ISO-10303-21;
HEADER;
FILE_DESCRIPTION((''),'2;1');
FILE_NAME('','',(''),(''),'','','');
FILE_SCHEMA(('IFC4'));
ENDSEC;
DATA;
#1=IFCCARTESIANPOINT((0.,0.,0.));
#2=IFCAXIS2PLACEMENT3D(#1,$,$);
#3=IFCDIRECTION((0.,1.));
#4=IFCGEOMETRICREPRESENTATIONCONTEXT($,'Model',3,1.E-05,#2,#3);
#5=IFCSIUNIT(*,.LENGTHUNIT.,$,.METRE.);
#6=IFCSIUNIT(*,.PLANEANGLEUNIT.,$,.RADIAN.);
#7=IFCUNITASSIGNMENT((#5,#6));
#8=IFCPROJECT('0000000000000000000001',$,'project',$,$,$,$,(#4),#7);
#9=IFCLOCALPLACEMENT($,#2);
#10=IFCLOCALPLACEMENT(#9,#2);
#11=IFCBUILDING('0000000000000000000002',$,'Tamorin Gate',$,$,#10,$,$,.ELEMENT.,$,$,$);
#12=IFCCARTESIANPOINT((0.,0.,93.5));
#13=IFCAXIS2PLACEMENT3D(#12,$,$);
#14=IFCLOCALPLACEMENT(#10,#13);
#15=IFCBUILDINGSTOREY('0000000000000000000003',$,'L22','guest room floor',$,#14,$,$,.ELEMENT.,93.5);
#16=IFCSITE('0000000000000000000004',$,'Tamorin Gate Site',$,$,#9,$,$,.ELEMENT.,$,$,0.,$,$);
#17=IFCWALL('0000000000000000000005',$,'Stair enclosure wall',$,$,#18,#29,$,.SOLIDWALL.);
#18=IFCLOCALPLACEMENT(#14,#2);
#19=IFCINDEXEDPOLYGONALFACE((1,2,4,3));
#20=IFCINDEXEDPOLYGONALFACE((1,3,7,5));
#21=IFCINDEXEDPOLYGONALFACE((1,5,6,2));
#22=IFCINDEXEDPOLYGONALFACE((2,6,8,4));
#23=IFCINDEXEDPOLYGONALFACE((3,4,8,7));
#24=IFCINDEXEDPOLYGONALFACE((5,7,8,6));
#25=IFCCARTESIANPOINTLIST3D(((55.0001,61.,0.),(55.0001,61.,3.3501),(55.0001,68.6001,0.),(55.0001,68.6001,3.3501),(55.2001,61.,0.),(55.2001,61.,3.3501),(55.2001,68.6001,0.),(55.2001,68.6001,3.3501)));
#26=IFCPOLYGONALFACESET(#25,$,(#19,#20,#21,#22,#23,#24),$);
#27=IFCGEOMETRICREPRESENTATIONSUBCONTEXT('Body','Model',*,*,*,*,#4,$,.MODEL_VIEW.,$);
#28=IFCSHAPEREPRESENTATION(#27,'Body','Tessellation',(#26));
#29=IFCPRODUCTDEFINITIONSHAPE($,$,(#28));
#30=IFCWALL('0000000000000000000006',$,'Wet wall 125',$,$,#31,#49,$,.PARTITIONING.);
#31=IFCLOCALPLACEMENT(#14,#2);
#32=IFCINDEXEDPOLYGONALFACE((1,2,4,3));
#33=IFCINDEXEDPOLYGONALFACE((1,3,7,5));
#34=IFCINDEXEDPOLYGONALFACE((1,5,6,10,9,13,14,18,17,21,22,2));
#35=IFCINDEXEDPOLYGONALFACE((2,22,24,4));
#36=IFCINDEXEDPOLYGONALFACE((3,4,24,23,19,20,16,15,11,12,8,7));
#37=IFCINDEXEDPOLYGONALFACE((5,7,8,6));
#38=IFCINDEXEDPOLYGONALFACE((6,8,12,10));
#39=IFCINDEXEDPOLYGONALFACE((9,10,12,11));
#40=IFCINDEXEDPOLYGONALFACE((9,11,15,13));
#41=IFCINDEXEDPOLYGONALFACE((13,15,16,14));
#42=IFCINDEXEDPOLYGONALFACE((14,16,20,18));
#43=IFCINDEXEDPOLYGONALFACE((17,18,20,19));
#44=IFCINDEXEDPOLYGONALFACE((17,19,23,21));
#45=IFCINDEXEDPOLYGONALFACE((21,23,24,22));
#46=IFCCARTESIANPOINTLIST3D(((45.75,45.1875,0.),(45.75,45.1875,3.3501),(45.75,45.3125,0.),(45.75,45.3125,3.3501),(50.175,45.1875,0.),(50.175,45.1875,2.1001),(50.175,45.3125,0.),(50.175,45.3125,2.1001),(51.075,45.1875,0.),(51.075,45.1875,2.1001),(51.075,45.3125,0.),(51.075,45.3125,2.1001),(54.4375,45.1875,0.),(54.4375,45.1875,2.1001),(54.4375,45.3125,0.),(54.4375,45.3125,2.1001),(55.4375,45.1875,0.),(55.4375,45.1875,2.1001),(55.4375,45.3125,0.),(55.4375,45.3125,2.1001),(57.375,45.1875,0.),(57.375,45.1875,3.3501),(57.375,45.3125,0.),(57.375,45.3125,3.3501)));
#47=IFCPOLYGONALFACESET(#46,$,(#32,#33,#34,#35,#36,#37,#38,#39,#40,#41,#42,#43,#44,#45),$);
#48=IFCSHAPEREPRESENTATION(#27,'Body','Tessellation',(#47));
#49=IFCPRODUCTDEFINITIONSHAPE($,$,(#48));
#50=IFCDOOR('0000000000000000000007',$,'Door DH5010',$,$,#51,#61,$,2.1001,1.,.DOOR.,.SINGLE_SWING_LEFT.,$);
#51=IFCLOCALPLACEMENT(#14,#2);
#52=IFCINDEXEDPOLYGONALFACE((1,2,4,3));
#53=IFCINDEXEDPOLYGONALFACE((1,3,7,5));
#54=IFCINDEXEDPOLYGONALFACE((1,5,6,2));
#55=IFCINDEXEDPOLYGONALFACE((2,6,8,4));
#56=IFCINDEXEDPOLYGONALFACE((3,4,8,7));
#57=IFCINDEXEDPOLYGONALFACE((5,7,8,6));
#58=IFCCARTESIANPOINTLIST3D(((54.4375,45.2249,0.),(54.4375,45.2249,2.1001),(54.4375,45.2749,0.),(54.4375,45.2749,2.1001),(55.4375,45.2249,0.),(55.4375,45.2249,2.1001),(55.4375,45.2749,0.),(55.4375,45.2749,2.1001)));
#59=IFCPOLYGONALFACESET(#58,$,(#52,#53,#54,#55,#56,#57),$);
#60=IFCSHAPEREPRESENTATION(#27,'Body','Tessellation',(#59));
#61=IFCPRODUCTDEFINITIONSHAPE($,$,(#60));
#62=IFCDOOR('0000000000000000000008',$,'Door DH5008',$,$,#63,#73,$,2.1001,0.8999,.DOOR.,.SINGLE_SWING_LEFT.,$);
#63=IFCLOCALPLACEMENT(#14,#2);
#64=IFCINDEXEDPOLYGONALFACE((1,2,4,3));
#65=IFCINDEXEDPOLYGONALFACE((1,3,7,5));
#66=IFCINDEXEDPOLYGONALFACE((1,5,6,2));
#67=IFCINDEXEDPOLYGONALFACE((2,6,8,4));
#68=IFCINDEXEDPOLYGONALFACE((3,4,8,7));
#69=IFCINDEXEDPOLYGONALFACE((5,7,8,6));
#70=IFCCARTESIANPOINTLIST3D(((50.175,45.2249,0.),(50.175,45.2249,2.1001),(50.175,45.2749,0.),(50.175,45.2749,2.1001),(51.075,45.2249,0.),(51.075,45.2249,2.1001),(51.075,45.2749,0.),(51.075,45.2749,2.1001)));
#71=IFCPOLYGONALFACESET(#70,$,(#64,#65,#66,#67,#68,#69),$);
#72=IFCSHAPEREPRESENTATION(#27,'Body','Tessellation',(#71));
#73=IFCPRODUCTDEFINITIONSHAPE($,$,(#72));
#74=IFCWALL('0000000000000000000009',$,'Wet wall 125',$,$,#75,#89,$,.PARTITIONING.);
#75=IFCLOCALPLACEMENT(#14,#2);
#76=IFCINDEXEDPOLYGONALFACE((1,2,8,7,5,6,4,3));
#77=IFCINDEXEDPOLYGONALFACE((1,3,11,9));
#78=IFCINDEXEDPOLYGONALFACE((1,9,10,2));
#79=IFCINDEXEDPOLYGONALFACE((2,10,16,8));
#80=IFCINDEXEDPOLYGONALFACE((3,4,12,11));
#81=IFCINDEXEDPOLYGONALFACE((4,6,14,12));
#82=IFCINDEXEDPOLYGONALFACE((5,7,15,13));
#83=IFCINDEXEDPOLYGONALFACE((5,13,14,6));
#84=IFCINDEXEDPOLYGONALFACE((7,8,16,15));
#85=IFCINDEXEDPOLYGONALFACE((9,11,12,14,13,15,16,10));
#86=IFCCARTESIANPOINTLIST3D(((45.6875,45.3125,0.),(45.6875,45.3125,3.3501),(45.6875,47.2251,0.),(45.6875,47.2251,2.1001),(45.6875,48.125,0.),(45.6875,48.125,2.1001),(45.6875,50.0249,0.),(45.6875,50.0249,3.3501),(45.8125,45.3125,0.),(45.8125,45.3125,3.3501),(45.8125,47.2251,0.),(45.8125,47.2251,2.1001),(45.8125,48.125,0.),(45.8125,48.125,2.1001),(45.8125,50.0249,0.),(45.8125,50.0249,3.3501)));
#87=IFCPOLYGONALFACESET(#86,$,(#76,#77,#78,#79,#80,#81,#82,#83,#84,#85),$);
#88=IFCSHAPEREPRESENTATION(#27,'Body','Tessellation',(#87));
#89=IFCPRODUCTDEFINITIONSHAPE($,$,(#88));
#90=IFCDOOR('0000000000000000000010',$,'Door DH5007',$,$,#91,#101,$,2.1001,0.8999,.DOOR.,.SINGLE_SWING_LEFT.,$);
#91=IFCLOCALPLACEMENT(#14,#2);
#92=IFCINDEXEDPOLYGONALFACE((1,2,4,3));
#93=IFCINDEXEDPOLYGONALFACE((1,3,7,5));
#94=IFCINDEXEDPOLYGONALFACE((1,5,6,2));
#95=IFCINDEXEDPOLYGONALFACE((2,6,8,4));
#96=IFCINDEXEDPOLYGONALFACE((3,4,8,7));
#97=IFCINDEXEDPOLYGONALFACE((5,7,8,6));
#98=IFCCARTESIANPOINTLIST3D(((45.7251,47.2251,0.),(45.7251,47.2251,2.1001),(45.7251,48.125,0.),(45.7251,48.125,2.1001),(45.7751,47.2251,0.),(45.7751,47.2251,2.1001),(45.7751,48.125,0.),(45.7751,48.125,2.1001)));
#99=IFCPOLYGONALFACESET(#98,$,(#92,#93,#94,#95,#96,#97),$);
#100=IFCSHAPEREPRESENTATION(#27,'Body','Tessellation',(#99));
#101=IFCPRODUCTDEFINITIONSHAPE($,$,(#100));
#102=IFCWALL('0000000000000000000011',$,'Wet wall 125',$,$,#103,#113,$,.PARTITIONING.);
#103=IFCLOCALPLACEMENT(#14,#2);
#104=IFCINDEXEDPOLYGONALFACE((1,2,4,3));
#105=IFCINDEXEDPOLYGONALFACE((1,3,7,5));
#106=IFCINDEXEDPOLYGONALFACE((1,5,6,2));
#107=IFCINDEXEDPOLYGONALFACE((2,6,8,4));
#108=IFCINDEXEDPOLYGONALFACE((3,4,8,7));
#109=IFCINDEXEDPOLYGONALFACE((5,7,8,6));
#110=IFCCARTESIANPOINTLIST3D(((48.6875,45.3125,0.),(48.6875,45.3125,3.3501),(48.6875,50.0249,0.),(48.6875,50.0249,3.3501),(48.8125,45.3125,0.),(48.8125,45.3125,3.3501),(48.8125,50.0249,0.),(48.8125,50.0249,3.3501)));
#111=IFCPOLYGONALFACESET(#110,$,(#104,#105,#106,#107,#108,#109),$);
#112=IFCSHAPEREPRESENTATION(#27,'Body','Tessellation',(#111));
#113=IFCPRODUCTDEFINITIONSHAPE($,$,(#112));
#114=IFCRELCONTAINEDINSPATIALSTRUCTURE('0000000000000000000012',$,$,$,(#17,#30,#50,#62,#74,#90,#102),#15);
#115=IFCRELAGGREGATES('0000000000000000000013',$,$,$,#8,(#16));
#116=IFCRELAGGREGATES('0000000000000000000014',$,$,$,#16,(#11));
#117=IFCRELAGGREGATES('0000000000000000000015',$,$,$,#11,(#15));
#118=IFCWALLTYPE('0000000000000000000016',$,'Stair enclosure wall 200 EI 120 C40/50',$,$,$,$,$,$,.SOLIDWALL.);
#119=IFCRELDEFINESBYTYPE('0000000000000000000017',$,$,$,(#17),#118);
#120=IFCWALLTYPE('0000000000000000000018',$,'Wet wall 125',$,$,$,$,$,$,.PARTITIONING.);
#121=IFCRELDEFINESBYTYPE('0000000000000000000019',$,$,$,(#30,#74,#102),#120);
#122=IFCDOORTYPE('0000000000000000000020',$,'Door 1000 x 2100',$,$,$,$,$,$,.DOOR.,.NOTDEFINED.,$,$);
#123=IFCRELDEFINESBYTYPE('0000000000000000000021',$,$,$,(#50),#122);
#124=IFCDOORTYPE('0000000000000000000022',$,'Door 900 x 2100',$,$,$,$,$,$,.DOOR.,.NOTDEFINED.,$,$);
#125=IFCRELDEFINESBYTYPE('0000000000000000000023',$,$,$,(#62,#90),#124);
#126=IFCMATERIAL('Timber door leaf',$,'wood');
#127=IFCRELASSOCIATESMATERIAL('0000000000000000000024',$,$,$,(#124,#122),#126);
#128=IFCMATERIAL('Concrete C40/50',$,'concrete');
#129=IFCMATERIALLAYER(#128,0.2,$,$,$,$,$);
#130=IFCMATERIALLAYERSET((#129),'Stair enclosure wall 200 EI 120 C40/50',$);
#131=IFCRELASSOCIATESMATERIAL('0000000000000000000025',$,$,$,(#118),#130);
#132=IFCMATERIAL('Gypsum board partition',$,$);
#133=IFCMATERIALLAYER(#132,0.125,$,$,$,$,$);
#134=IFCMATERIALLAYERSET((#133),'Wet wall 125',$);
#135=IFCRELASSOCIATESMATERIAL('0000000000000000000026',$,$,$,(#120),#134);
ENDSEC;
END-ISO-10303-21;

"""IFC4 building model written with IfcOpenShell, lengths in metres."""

from ifc_helpers import new_model, si_unit, direction, frame, frame_2d, origin, place, context, subcontext, project, spatial, rectangle, extrude, material, layer, layer_set, type_object, element, fill, save


model = new_model("IFC4")

# Units and contexts
model_context = context("Model", 3, precision=1e-05, world=origin(), true_north=direction((0.0, 1.0)))
body_context = subcontext(model_context, "Body", "Model", "MODEL_VIEW")
ifc_project = project(units=[si_unit("LENGTHUNIT", "METRE"), si_unit("PLANEANGLEUNIT", "RADIAN")], contexts=[model_context])

# Site, building, storey
site_placement = place(None, origin())
site = spatial("IfcSite", under=ifc_project, at=site_placement, Name="Tamorin Gate Site", CompositionType="ELEMENT", RefElevation=0.0)
building_placement = place(site_placement, origin())
building = spatial("IfcBuilding", under=site, at=building_placement, Name="Tamorin Gate", CompositionType="ELEMENT")
storey_placement = place(building_placement, frame((0.0, 0.0, 93.5)))
storey = spatial("IfcBuildingStorey", under=building, at=storey_placement, Name="L22", Description="guest room floor", CompositionType="ELEMENT", Elevation=93.5)

# Shared definitions
ifc_material_1 = material(Name="Gypsum board partition")

# Shared definitions
ifc_material_2 = material(Name="Timber door leaf", Category="wood")
door_type_1 = type_object("IfcDoorType", Name="Door 900 x 2100", OperationType="NOTDEFINED", PredefinedType="DOOR", material=ifc_material_2)

# Wall
ifc_material_3 = material(Name="Concrete C40/50", Category="concrete")
ifc_layer_1 = layer(ifc_material_3, 0.2)
ifc_layer_set_1 = layer_set([ifc_layer_1], Name="Stair enclosure wall 200 EI 120 C40/50")
wall_type_1 = type_object("IfcWallType", Name="Stair enclosure wall 200 EI 120 C40/50", PredefinedType="SOLIDWALL", material=ifc_layer_set_1)
wall_1_placement = place(storey_placement, frame((55.1001, 61.0, 0.0), z_axis=(0.0, 0.0, 1.0), x_axis=(0.0, 1.0, 0.0)))
element("IfcWall", 1, at=wall_1_placement, inside=storey, type_object=wall_type_1, Name="Stair enclosure wall", PredefinedType="SOLIDWALL", context=body_context, shape_type="SweptSolid", body=[
    extrude(rectangle(XDim=7.6001, YDim=0.2, at=frame_2d((3.8, 0.0))), origin(), (0.0, 0.0, 1.0), 3.3501),
])

# Wall, openings, doors
ifc_layer_2 = layer(ifc_material_1, 0.125)
ifc_layer_set_2 = layer_set([ifc_layer_2], Name="Wet wall 125")
wall_type_2 = type_object("IfcWallType", Name="Wet wall 125", PredefinedType="PARTITIONING", material=ifc_layer_set_2)
wall_2_placement = place(storey_placement, frame((45.75, 45.25, 0.0), z_axis=(0.0, 0.0, 1.0), x_axis=(1.0, 0.0, 0.0)))
wall_2 = element("IfcWall", 2, at=wall_2_placement, inside=storey, type_object=wall_type_2, Name="Wet wall 125", PredefinedType="PARTITIONING", context=body_context, shape_type="SweptSolid", body=[
    extrude(rectangle(XDim=11.625, YDim=0.125, at=frame_2d((5.8125, 0.0))), origin(), (0.0, 0.0, 1.0), 3.3501),
])
opening_1_placement = place(wall_2_placement, frame((4.425, 0.0, 0.0)))
opening_1 = element("IfcOpeningElement", 3, at=opening_1_placement, cuts=wall_2, PredefinedType="OPENING", context=body_context, shape_type="SweptSolid", body=[
    extrude(rectangle(XDim=0.8999, YDim=2.1001, at=frame_2d((0.45, 1.05))), frame((0.0, 0.0725, 0.0), z_axis=(0.0, -1.0, 0.0), x_axis=(1.0, 0.0, 0.0)), (0.0, 0.0, 1.0), 0.145),
])
opening_2_placement = place(wall_2_placement, frame((8.6875, 0.0, 0.0)))
opening_2 = element("IfcOpeningElement", 4, at=opening_2_placement, cuts=wall_2, PredefinedType="OPENING", context=body_context, shape_type="SweptSolid", body=[
    extrude(rectangle(XDim=1.0, YDim=2.1001, at=frame_2d((0.5, 1.05))), frame((0.0, 0.0725, 0.0), z_axis=(0.0, -1.0, 0.0), x_axis=(1.0, 0.0, 0.0)), (0.0, 0.0, 1.0), 0.145),
])
door_type_2 = type_object("IfcDoorType", Name="Door 1000 x 2100", OperationType="NOTDEFINED", PredefinedType="DOOR", material=ifc_material_2)
door_1_placement = place(opening_2_placement, origin())
door_1 = element("IfcDoor", 5, at=door_1_placement, inside=storey, type_object=door_type_2, Name="Door DH5010", OperationType="SINGLE_SWING_LEFT", OverallHeight=2.1001, OverallWidth=1.0, PredefinedType="DOOR", context=body_context, shape_type="SweptSolid", body=[
    extrude(rectangle(XDim=1.0, YDim=2.1001, at=frame_2d((0.5, 1.05))), frame((0.0, 0.0249, 0.0), z_axis=(0.0, -1.0, 0.0), x_axis=(1.0, 0.0, 0.0)), (0.0, 0.0, 1.0), 0.05),
])
fill(opening_2, door_1)
door_2_placement = place(opening_1_placement, origin())
door_2 = element("IfcDoor", 6, at=door_2_placement, inside=storey, type_object=door_type_1, Name="Door DH5008", OperationType="SINGLE_SWING_LEFT", OverallHeight=2.1001, OverallWidth=0.8999, PredefinedType="DOOR", context=body_context, shape_type="SweptSolid", body=[
    extrude(rectangle(XDim=0.8999, YDim=2.1001, at=frame_2d((0.45, 1.05))), frame((0.0, 0.0249, 0.0), z_axis=(0.0, -1.0, 0.0), x_axis=(1.0, 0.0, 0.0)), (0.0, 0.0, 1.0), 0.05),
])
fill(opening_1, door_2)

# Wall, opening, door
wall_3_placement = place(storey_placement, frame((45.75, 45.3125, 0.0), z_axis=(0.0, 0.0, 1.0), x_axis=(0.0, 1.0, 0.0)))
wall_3 = element("IfcWall", 7, at=wall_3_placement, inside=storey, type_object=wall_type_2, Name="Wet wall 125", PredefinedType="PARTITIONING", context=body_context, shape_type="SweptSolid", body=[
    extrude(rectangle(XDim=4.7124, YDim=0.125, at=frame_2d((2.3562, 0.0))), origin(), (0.0, 0.0, 1.0), 3.3501),
])
opening_3_placement = place(wall_3_placement, frame((1.9126, 0.0, 0.0)))
opening_3 = element("IfcOpeningElement", 8, at=opening_3_placement, cuts=wall_3, PredefinedType="OPENING", context=body_context, shape_type="SweptSolid", body=[
    extrude(rectangle(XDim=0.8999, YDim=2.1001, at=frame_2d((0.45, 1.05))), frame((0.0, 0.0725, 0.0), z_axis=(0.0, -1.0, 0.0), x_axis=(1.0, 0.0, 0.0)), (0.0, 0.0, 1.0), 0.145),
])
door_3_placement = place(opening_3_placement, origin())
door_3 = element("IfcDoor", 9, at=door_3_placement, inside=storey, type_object=door_type_1, Name="Door DH5007", OperationType="SINGLE_SWING_LEFT", OverallHeight=2.1001, OverallWidth=0.8999, PredefinedType="DOOR", context=body_context, shape_type="SweptSolid", body=[
    extrude(rectangle(XDim=0.8999, YDim=2.1001, at=frame_2d((0.45, 1.05))), frame((0.0, 0.0249, 0.0), z_axis=(0.0, -1.0, 0.0), x_axis=(1.0, 0.0, 0.0)), (0.0, 0.0, 1.0), 0.05),
])
fill(opening_3, door_3)

# Wall
wall_4_placement = place(storey_placement, frame((48.75, 45.3125, 0.0), z_axis=(0.0, 0.0, 1.0), x_axis=(0.0, 1.0, 0.0)))
element("IfcWall", 10, at=wall_4_placement, inside=storey, type_object=wall_type_2, Name="Wet wall 125", PredefinedType="PARTITIONING", context=body_context, shape_type="SweptSolid", body=[
    extrude(rectangle(XDim=4.7124, YDim=0.125, at=frame_2d((2.3562, 0.0))), origin(), (0.0, 0.0, 1.0), 3.3501),
])

save(model, "model.ifc")
